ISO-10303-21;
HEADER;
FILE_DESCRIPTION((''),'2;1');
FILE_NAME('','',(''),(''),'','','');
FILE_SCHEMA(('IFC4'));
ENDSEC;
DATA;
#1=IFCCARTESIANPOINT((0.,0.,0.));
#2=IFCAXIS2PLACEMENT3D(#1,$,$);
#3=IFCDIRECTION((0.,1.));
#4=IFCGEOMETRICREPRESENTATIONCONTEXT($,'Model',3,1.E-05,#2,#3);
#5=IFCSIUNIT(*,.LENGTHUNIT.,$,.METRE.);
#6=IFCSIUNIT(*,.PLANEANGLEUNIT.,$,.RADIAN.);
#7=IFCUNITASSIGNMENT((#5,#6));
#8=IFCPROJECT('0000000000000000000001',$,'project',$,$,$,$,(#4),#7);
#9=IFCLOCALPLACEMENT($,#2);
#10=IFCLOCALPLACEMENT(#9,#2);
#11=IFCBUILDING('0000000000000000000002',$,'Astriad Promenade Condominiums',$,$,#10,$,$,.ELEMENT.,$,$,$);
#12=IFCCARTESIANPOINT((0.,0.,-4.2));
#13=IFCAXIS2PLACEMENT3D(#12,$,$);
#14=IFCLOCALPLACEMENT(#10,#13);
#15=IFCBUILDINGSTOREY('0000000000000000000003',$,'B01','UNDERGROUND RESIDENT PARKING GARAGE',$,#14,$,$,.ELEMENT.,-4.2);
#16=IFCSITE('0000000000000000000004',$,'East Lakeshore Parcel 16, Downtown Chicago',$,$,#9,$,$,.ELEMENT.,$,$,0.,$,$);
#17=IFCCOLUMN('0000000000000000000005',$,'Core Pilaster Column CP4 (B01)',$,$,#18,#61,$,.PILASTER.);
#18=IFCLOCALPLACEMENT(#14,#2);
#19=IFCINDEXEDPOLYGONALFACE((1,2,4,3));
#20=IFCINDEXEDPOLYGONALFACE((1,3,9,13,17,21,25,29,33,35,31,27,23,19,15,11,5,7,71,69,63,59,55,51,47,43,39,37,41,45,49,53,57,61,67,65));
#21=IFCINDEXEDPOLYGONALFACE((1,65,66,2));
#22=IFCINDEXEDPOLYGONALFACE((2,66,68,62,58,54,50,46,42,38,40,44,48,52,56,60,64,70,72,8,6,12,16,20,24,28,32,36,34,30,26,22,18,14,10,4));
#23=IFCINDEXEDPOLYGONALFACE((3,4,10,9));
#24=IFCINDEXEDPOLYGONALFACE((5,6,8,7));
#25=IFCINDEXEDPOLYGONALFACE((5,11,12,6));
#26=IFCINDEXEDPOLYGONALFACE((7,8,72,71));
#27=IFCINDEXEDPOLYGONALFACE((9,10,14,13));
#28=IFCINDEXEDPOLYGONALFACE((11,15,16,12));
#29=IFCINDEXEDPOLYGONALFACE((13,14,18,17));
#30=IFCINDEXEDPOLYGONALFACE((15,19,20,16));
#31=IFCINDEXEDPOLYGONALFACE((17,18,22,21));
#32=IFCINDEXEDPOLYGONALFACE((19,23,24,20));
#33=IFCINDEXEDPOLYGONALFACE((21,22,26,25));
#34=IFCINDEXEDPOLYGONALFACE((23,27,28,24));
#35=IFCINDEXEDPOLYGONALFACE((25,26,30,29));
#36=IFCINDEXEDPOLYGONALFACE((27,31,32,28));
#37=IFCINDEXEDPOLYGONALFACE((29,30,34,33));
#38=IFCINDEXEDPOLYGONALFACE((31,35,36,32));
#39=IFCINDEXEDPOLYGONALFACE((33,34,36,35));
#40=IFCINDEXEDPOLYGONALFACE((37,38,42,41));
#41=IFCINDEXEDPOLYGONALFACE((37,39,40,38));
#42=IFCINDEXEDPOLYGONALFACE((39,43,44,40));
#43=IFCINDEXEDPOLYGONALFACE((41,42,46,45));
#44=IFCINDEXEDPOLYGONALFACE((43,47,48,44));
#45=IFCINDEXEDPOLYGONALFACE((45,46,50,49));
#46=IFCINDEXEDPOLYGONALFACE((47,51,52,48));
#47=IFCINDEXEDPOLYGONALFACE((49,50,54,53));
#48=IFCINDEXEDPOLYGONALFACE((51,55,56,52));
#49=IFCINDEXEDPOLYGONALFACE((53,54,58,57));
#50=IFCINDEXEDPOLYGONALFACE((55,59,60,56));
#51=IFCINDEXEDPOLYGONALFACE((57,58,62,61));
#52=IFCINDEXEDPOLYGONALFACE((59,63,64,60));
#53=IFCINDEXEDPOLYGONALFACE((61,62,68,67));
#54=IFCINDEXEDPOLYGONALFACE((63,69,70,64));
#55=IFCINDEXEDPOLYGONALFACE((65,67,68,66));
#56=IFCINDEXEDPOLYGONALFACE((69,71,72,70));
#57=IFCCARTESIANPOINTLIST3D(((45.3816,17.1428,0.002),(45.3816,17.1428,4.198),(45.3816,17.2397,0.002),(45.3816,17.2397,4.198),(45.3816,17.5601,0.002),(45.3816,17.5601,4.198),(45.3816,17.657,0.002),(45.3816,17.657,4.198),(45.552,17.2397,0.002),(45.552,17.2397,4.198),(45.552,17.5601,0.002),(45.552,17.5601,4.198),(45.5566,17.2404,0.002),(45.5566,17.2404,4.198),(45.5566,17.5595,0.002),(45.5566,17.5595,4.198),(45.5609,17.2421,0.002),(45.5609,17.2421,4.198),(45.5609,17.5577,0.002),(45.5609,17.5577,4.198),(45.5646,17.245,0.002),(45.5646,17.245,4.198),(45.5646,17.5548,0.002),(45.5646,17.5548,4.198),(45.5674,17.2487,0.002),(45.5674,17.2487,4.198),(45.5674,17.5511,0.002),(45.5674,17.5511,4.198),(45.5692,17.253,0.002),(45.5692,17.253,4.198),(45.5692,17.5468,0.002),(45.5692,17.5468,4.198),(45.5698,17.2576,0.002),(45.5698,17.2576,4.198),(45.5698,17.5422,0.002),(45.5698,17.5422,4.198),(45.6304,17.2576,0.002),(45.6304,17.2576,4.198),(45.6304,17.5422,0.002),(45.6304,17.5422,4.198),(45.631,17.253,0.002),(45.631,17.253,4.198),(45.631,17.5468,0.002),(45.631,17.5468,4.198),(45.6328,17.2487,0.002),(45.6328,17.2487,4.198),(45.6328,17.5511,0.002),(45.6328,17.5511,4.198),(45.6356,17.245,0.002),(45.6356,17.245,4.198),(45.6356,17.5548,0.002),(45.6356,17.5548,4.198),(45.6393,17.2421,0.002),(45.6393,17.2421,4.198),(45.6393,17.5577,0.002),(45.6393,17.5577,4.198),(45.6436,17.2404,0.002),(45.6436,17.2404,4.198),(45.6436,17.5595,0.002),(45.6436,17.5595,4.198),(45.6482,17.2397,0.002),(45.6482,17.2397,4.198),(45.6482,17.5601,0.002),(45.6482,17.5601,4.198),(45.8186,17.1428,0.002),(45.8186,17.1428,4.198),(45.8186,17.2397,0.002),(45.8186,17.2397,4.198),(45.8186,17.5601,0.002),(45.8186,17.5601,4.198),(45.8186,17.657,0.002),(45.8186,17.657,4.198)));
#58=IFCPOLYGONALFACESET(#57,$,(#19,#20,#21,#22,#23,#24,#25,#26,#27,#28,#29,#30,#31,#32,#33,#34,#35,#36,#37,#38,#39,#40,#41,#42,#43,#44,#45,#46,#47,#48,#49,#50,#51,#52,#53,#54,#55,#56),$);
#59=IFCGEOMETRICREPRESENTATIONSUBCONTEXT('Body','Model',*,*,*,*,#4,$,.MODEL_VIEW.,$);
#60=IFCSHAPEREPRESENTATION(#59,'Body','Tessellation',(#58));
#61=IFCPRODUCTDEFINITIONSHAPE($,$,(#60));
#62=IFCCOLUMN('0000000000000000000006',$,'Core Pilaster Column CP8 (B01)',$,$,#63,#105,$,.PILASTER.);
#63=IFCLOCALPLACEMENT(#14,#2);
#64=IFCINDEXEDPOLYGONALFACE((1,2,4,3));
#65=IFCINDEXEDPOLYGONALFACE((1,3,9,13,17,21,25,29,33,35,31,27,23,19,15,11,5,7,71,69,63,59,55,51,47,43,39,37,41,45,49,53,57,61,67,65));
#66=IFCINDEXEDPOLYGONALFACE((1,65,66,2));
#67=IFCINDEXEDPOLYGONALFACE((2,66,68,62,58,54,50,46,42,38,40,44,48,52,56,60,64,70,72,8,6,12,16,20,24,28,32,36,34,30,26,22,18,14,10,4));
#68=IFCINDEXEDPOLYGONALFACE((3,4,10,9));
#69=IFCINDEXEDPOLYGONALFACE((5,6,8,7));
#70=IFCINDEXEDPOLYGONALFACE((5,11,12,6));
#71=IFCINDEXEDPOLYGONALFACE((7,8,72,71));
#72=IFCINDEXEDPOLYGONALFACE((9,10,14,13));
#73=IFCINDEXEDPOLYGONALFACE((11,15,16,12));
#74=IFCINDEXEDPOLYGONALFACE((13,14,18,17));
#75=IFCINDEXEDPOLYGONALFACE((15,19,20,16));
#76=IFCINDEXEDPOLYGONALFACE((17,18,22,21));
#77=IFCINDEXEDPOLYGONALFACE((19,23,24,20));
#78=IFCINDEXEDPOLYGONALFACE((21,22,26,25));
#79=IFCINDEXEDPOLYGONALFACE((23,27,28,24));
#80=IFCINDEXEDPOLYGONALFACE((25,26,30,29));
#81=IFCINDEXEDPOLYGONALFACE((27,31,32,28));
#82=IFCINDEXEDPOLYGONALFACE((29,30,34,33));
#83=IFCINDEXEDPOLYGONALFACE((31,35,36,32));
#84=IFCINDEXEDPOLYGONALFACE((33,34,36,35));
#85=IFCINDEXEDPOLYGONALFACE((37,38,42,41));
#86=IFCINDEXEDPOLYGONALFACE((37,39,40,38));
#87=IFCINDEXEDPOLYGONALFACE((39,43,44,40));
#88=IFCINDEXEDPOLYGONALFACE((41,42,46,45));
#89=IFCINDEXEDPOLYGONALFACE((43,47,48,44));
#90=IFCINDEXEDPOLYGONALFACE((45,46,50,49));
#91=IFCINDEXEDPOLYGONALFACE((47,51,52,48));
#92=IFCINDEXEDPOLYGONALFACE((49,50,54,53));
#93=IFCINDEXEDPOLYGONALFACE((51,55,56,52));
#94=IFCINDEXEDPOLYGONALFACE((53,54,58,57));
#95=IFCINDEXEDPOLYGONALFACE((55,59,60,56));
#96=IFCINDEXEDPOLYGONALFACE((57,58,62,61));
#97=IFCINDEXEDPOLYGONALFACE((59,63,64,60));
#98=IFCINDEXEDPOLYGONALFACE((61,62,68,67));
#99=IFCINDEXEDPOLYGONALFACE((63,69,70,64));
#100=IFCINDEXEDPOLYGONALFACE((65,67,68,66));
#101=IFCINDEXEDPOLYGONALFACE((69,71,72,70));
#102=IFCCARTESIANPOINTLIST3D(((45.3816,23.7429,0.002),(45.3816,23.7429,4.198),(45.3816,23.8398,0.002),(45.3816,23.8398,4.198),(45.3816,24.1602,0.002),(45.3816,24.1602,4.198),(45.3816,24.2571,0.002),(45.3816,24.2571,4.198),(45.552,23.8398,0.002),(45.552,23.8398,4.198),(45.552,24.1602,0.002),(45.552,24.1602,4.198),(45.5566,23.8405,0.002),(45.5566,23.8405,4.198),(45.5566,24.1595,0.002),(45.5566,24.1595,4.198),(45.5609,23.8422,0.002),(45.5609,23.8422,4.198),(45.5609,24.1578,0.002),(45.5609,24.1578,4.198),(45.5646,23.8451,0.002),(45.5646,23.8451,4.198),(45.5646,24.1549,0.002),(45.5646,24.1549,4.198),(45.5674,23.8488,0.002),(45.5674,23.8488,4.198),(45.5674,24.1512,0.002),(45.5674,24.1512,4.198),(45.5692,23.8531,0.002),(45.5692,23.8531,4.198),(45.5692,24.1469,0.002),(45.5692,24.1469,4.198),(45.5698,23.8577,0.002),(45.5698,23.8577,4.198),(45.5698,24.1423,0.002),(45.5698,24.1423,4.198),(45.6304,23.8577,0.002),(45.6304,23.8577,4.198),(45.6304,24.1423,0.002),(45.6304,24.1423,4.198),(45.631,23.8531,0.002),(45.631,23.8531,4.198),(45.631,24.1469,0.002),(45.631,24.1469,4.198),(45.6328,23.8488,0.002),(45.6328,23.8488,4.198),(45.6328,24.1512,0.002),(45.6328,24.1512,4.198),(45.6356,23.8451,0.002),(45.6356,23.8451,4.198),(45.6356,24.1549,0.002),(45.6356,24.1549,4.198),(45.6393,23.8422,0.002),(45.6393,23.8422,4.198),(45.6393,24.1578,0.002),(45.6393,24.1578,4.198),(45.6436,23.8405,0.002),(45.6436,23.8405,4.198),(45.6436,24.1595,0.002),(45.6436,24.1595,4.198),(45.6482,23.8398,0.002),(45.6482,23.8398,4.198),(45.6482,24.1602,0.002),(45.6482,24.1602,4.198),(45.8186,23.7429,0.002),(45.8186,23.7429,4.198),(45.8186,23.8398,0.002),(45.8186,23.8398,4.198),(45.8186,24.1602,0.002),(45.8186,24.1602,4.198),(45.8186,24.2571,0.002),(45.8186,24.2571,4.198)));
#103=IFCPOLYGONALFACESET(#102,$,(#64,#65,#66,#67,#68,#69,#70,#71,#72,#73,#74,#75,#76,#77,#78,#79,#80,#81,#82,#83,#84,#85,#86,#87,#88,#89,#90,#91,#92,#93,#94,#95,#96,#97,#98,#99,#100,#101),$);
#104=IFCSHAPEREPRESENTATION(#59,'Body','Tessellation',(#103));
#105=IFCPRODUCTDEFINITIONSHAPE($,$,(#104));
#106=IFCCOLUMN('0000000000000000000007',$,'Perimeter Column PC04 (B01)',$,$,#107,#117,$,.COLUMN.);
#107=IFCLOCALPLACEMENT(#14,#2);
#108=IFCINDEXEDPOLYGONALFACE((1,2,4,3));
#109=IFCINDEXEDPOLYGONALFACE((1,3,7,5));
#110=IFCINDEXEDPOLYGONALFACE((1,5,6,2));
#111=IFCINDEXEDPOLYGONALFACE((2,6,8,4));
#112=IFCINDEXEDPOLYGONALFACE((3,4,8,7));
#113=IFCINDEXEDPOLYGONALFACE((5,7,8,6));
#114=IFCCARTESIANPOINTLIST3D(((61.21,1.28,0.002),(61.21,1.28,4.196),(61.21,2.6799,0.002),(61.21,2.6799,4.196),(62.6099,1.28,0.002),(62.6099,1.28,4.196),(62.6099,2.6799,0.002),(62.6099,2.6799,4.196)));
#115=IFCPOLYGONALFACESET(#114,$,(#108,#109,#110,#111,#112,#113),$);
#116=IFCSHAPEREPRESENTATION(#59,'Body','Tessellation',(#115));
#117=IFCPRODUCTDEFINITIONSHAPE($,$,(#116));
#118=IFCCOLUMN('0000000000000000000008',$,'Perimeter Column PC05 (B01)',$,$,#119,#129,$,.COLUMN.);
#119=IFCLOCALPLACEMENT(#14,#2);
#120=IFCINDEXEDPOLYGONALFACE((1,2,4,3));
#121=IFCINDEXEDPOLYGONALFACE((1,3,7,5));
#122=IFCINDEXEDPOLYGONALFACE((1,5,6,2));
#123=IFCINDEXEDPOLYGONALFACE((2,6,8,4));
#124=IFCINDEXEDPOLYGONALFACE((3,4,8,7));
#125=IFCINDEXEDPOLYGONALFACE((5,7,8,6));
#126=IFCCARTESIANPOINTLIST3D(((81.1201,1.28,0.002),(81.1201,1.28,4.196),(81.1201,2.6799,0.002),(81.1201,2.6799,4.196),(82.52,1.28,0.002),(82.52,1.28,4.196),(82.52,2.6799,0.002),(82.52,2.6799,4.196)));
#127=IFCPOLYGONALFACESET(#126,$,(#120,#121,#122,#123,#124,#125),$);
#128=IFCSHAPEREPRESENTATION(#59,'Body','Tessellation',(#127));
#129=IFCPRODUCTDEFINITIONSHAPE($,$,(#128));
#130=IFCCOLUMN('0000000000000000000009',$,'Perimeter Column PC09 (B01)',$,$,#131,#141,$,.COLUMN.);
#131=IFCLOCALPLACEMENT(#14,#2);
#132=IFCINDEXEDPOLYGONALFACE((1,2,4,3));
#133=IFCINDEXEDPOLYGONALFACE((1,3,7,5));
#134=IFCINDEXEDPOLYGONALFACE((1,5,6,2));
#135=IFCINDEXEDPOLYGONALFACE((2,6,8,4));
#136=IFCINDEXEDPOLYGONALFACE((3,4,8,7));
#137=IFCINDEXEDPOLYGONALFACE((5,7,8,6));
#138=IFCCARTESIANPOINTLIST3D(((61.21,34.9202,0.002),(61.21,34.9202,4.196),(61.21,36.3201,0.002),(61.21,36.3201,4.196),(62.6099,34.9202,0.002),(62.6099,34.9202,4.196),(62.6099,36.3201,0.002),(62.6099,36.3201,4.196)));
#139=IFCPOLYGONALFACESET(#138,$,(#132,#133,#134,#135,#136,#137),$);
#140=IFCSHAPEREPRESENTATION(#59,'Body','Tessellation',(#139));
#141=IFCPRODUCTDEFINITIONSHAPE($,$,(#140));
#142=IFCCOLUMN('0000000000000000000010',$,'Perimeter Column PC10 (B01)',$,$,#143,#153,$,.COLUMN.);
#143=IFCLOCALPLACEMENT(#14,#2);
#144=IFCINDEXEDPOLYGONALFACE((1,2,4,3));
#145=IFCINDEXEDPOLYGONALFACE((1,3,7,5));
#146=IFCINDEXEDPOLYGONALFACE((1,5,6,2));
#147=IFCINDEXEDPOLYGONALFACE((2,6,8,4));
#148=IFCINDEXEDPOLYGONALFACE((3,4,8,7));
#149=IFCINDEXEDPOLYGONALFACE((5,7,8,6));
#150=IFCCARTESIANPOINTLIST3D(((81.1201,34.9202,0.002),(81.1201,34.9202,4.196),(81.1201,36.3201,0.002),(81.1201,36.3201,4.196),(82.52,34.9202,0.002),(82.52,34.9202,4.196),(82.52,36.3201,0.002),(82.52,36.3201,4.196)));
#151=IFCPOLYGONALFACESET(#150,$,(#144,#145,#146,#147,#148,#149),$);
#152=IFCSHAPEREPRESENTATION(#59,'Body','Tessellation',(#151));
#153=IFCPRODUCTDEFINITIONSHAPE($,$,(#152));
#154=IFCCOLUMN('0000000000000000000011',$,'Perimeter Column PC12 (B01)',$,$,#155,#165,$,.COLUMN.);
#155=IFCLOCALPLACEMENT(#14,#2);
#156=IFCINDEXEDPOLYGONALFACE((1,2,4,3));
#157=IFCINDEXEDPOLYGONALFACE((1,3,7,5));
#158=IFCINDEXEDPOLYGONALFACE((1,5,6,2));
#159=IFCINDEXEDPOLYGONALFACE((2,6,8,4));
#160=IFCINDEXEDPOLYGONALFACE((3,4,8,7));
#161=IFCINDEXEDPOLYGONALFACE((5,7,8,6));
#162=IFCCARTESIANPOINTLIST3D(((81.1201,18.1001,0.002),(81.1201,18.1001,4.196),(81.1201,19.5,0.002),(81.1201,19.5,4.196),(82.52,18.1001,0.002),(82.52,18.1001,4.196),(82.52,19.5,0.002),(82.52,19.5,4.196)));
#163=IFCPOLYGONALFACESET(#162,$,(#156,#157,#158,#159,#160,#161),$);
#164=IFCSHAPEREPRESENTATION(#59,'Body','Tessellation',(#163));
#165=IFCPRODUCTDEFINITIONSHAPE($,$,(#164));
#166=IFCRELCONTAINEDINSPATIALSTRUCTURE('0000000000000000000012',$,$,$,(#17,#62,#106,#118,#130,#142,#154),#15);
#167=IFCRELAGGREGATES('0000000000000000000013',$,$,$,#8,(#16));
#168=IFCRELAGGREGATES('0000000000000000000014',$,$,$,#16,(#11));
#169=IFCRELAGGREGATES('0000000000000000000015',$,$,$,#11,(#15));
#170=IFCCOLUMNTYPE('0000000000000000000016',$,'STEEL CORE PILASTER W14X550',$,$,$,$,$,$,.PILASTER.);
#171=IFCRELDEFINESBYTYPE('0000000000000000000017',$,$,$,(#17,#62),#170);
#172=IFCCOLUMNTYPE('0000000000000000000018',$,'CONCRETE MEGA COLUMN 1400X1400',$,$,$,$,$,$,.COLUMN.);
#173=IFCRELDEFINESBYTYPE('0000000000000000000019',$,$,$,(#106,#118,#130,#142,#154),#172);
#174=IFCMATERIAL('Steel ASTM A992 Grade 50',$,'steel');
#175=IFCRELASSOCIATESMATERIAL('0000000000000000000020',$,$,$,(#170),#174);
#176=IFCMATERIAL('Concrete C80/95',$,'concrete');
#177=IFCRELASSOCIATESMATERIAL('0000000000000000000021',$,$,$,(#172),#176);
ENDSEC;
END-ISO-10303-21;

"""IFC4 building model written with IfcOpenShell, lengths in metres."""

from ifc_helpers import new_model, si_unit, direction, frame, origin, origin_2d, place, context, subcontext, project, spatial, rectangle, i_section, extrude, source, transform, mapped, material, material_profile, profile_set, type_object, type_shapes, element, save


model = new_model("IFC4")

# Units and contexts
model_context = context("Model", 3, precision=1e-05, world=origin(), true_north=direction((0.0, 1.0)))
body_context = subcontext(model_context, "Body", "Model", "MODEL_VIEW")
ifc_project = project(units=[si_unit("LENGTHUNIT", "METRE"), si_unit("PLANEANGLEUNIT", "RADIAN")], contexts=[model_context])

# Site, building, storey
site_placement = place(None, origin())
site = spatial("IfcSite", under=ifc_project, at=site_placement, Name="East Lakeshore Parcel 16, Downtown Chicago", CompositionType="ELEMENT", RefElevation=0.0)
building_placement = place(site_placement, origin())
building = spatial("IfcBuilding", under=site, at=building_placement, Name="Astriad Promenade Condominiums", CompositionType="ELEMENT")
storey_placement = place(building_placement, frame((0.0, 0.0, -4.2)))
storey = spatial("IfcBuildingStorey", under=building, at=storey_placement, Name="B01", Description="UNDERGROUND RESIDENT PARKING GARAGE", CompositionType="ELEMENT", Elevation=-4.2)

# Columns
ifc_material_1 = material(Name="Steel ASTM A992 Grade 50", Category="steel")
ifc_material_profile_1 = material_profile(ifc_material_1, i_section(OverallWidth=0.437, OverallDepth=0.5142, WebThickness=0.0605, FlangeThickness=0.0969, FilletRadius=0.0178, at=origin_2d()), Name="W14X550")
ifc_profile_set_1 = profile_set([ifc_material_profile_1], Name="Steel ASTM A992 Grade 50")
column_type_1 = type_object("IfcColumnType", Name="STEEL CORE PILASTER W14X550", PredefinedType="PILASTER", material=ifc_profile_set_1)
shared_shape_1 = source(origin(), body_context, "Body", "SweptSolid", [
    extrude(i_section(OverallWidth=0.437, OverallDepth=0.5142, WebThickness=0.0605, FlangeThickness=0.0969, FilletRadius=0.0178, at=origin_2d()), origin(), (0.0, 0.0, 1.0), 4.196),
])
type_shapes(column_type_1, [shared_shape_1])
for number, where, z_axis, x_axis, name in (
    (1, (45.6001, 17.3999, 0.002), (0.0, 0.0, 1.0), (1.0, 0.0, 0.0), "Core Pilaster Column CP4 (B01)"),
    (2, (45.6001, 24.0, 0.002), (0.0, 0.0, 1.0), (1.0, 0.0, 0.0), "Core Pilaster Column CP8 (B01)"),
):
    element("IfcColumn", number, at=place(storey_placement, frame(where, z_axis=z_axis, x_axis=x_axis)), inside=storey, type_object=column_type_1, Name=name, PredefinedType="PILASTER", context=body_context, shape_type="MappedRepresentation", body=[
        mapped(shared_shape_1, transform((0.0, 0.0, 0.0), scale=1.0)),
    ])
ifc_material_2 = material(Name="Concrete C80/95", Category="concrete")
ifc_material_profile_2 = material_profile(ifc_material_2, rectangle(XDim=1.3999, YDim=1.3999, at=origin_2d()), Name="RC-COL-1400X1400")
ifc_profile_set_2 = profile_set([ifc_material_profile_2], Name="Concrete C80/95")
column_type_2 = type_object("IfcColumnType", Name="CONCRETE MEGA COLUMN 1400X1400", PredefinedType="COLUMN", material=ifc_profile_set_2)
shared_shape_2 = source(origin(), body_context, "Body", "SweptSolid", [
    extrude(rectangle(XDim=1.3999, YDim=1.3999, at=origin_2d()), origin(), (0.0, 0.0, 1.0), 4.1941),
])
type_shapes(column_type_2, [shared_shape_2])
for number, where, z_axis, x_axis, name in (
    (3, (61.9099, 1.98, 0.002), (0.0, 0.0, 1.0), (1.0, 0.0, 0.0), "Perimeter Column PC04 (B01)"),
    (4, (81.8201, 1.98, 0.002), (0.0, 0.0, 1.0), (1.0, 0.0, 0.0), "Perimeter Column PC05 (B01)"),
    (5, (61.9099, 35.6201, 0.002), (0.0, 0.0, 1.0), (1.0, 0.0, 0.0), "Perimeter Column PC09 (B01)"),
    (6, (81.8201, 35.6201, 0.002), (0.0, 0.0, 1.0), (1.0, 0.0, 0.0), "Perimeter Column PC10 (B01)"),
    (7, (81.8201, 18.8, 0.002), (0.0, 0.0, 1.0), (1.0, 0.0, 0.0), "Perimeter Column PC12 (B01)"),
):
    element("IfcColumn", number, at=place(storey_placement, frame(where, z_axis=z_axis, x_axis=x_axis)), inside=storey, type_object=column_type_2, Name=name, PredefinedType="COLUMN", context=body_context, shape_type="MappedRepresentation", body=[
        mapped(shared_shape_2, transform((0.0, 0.0, 0.0), scale=1.0)),
    ])

save(model, "model.ifc")
